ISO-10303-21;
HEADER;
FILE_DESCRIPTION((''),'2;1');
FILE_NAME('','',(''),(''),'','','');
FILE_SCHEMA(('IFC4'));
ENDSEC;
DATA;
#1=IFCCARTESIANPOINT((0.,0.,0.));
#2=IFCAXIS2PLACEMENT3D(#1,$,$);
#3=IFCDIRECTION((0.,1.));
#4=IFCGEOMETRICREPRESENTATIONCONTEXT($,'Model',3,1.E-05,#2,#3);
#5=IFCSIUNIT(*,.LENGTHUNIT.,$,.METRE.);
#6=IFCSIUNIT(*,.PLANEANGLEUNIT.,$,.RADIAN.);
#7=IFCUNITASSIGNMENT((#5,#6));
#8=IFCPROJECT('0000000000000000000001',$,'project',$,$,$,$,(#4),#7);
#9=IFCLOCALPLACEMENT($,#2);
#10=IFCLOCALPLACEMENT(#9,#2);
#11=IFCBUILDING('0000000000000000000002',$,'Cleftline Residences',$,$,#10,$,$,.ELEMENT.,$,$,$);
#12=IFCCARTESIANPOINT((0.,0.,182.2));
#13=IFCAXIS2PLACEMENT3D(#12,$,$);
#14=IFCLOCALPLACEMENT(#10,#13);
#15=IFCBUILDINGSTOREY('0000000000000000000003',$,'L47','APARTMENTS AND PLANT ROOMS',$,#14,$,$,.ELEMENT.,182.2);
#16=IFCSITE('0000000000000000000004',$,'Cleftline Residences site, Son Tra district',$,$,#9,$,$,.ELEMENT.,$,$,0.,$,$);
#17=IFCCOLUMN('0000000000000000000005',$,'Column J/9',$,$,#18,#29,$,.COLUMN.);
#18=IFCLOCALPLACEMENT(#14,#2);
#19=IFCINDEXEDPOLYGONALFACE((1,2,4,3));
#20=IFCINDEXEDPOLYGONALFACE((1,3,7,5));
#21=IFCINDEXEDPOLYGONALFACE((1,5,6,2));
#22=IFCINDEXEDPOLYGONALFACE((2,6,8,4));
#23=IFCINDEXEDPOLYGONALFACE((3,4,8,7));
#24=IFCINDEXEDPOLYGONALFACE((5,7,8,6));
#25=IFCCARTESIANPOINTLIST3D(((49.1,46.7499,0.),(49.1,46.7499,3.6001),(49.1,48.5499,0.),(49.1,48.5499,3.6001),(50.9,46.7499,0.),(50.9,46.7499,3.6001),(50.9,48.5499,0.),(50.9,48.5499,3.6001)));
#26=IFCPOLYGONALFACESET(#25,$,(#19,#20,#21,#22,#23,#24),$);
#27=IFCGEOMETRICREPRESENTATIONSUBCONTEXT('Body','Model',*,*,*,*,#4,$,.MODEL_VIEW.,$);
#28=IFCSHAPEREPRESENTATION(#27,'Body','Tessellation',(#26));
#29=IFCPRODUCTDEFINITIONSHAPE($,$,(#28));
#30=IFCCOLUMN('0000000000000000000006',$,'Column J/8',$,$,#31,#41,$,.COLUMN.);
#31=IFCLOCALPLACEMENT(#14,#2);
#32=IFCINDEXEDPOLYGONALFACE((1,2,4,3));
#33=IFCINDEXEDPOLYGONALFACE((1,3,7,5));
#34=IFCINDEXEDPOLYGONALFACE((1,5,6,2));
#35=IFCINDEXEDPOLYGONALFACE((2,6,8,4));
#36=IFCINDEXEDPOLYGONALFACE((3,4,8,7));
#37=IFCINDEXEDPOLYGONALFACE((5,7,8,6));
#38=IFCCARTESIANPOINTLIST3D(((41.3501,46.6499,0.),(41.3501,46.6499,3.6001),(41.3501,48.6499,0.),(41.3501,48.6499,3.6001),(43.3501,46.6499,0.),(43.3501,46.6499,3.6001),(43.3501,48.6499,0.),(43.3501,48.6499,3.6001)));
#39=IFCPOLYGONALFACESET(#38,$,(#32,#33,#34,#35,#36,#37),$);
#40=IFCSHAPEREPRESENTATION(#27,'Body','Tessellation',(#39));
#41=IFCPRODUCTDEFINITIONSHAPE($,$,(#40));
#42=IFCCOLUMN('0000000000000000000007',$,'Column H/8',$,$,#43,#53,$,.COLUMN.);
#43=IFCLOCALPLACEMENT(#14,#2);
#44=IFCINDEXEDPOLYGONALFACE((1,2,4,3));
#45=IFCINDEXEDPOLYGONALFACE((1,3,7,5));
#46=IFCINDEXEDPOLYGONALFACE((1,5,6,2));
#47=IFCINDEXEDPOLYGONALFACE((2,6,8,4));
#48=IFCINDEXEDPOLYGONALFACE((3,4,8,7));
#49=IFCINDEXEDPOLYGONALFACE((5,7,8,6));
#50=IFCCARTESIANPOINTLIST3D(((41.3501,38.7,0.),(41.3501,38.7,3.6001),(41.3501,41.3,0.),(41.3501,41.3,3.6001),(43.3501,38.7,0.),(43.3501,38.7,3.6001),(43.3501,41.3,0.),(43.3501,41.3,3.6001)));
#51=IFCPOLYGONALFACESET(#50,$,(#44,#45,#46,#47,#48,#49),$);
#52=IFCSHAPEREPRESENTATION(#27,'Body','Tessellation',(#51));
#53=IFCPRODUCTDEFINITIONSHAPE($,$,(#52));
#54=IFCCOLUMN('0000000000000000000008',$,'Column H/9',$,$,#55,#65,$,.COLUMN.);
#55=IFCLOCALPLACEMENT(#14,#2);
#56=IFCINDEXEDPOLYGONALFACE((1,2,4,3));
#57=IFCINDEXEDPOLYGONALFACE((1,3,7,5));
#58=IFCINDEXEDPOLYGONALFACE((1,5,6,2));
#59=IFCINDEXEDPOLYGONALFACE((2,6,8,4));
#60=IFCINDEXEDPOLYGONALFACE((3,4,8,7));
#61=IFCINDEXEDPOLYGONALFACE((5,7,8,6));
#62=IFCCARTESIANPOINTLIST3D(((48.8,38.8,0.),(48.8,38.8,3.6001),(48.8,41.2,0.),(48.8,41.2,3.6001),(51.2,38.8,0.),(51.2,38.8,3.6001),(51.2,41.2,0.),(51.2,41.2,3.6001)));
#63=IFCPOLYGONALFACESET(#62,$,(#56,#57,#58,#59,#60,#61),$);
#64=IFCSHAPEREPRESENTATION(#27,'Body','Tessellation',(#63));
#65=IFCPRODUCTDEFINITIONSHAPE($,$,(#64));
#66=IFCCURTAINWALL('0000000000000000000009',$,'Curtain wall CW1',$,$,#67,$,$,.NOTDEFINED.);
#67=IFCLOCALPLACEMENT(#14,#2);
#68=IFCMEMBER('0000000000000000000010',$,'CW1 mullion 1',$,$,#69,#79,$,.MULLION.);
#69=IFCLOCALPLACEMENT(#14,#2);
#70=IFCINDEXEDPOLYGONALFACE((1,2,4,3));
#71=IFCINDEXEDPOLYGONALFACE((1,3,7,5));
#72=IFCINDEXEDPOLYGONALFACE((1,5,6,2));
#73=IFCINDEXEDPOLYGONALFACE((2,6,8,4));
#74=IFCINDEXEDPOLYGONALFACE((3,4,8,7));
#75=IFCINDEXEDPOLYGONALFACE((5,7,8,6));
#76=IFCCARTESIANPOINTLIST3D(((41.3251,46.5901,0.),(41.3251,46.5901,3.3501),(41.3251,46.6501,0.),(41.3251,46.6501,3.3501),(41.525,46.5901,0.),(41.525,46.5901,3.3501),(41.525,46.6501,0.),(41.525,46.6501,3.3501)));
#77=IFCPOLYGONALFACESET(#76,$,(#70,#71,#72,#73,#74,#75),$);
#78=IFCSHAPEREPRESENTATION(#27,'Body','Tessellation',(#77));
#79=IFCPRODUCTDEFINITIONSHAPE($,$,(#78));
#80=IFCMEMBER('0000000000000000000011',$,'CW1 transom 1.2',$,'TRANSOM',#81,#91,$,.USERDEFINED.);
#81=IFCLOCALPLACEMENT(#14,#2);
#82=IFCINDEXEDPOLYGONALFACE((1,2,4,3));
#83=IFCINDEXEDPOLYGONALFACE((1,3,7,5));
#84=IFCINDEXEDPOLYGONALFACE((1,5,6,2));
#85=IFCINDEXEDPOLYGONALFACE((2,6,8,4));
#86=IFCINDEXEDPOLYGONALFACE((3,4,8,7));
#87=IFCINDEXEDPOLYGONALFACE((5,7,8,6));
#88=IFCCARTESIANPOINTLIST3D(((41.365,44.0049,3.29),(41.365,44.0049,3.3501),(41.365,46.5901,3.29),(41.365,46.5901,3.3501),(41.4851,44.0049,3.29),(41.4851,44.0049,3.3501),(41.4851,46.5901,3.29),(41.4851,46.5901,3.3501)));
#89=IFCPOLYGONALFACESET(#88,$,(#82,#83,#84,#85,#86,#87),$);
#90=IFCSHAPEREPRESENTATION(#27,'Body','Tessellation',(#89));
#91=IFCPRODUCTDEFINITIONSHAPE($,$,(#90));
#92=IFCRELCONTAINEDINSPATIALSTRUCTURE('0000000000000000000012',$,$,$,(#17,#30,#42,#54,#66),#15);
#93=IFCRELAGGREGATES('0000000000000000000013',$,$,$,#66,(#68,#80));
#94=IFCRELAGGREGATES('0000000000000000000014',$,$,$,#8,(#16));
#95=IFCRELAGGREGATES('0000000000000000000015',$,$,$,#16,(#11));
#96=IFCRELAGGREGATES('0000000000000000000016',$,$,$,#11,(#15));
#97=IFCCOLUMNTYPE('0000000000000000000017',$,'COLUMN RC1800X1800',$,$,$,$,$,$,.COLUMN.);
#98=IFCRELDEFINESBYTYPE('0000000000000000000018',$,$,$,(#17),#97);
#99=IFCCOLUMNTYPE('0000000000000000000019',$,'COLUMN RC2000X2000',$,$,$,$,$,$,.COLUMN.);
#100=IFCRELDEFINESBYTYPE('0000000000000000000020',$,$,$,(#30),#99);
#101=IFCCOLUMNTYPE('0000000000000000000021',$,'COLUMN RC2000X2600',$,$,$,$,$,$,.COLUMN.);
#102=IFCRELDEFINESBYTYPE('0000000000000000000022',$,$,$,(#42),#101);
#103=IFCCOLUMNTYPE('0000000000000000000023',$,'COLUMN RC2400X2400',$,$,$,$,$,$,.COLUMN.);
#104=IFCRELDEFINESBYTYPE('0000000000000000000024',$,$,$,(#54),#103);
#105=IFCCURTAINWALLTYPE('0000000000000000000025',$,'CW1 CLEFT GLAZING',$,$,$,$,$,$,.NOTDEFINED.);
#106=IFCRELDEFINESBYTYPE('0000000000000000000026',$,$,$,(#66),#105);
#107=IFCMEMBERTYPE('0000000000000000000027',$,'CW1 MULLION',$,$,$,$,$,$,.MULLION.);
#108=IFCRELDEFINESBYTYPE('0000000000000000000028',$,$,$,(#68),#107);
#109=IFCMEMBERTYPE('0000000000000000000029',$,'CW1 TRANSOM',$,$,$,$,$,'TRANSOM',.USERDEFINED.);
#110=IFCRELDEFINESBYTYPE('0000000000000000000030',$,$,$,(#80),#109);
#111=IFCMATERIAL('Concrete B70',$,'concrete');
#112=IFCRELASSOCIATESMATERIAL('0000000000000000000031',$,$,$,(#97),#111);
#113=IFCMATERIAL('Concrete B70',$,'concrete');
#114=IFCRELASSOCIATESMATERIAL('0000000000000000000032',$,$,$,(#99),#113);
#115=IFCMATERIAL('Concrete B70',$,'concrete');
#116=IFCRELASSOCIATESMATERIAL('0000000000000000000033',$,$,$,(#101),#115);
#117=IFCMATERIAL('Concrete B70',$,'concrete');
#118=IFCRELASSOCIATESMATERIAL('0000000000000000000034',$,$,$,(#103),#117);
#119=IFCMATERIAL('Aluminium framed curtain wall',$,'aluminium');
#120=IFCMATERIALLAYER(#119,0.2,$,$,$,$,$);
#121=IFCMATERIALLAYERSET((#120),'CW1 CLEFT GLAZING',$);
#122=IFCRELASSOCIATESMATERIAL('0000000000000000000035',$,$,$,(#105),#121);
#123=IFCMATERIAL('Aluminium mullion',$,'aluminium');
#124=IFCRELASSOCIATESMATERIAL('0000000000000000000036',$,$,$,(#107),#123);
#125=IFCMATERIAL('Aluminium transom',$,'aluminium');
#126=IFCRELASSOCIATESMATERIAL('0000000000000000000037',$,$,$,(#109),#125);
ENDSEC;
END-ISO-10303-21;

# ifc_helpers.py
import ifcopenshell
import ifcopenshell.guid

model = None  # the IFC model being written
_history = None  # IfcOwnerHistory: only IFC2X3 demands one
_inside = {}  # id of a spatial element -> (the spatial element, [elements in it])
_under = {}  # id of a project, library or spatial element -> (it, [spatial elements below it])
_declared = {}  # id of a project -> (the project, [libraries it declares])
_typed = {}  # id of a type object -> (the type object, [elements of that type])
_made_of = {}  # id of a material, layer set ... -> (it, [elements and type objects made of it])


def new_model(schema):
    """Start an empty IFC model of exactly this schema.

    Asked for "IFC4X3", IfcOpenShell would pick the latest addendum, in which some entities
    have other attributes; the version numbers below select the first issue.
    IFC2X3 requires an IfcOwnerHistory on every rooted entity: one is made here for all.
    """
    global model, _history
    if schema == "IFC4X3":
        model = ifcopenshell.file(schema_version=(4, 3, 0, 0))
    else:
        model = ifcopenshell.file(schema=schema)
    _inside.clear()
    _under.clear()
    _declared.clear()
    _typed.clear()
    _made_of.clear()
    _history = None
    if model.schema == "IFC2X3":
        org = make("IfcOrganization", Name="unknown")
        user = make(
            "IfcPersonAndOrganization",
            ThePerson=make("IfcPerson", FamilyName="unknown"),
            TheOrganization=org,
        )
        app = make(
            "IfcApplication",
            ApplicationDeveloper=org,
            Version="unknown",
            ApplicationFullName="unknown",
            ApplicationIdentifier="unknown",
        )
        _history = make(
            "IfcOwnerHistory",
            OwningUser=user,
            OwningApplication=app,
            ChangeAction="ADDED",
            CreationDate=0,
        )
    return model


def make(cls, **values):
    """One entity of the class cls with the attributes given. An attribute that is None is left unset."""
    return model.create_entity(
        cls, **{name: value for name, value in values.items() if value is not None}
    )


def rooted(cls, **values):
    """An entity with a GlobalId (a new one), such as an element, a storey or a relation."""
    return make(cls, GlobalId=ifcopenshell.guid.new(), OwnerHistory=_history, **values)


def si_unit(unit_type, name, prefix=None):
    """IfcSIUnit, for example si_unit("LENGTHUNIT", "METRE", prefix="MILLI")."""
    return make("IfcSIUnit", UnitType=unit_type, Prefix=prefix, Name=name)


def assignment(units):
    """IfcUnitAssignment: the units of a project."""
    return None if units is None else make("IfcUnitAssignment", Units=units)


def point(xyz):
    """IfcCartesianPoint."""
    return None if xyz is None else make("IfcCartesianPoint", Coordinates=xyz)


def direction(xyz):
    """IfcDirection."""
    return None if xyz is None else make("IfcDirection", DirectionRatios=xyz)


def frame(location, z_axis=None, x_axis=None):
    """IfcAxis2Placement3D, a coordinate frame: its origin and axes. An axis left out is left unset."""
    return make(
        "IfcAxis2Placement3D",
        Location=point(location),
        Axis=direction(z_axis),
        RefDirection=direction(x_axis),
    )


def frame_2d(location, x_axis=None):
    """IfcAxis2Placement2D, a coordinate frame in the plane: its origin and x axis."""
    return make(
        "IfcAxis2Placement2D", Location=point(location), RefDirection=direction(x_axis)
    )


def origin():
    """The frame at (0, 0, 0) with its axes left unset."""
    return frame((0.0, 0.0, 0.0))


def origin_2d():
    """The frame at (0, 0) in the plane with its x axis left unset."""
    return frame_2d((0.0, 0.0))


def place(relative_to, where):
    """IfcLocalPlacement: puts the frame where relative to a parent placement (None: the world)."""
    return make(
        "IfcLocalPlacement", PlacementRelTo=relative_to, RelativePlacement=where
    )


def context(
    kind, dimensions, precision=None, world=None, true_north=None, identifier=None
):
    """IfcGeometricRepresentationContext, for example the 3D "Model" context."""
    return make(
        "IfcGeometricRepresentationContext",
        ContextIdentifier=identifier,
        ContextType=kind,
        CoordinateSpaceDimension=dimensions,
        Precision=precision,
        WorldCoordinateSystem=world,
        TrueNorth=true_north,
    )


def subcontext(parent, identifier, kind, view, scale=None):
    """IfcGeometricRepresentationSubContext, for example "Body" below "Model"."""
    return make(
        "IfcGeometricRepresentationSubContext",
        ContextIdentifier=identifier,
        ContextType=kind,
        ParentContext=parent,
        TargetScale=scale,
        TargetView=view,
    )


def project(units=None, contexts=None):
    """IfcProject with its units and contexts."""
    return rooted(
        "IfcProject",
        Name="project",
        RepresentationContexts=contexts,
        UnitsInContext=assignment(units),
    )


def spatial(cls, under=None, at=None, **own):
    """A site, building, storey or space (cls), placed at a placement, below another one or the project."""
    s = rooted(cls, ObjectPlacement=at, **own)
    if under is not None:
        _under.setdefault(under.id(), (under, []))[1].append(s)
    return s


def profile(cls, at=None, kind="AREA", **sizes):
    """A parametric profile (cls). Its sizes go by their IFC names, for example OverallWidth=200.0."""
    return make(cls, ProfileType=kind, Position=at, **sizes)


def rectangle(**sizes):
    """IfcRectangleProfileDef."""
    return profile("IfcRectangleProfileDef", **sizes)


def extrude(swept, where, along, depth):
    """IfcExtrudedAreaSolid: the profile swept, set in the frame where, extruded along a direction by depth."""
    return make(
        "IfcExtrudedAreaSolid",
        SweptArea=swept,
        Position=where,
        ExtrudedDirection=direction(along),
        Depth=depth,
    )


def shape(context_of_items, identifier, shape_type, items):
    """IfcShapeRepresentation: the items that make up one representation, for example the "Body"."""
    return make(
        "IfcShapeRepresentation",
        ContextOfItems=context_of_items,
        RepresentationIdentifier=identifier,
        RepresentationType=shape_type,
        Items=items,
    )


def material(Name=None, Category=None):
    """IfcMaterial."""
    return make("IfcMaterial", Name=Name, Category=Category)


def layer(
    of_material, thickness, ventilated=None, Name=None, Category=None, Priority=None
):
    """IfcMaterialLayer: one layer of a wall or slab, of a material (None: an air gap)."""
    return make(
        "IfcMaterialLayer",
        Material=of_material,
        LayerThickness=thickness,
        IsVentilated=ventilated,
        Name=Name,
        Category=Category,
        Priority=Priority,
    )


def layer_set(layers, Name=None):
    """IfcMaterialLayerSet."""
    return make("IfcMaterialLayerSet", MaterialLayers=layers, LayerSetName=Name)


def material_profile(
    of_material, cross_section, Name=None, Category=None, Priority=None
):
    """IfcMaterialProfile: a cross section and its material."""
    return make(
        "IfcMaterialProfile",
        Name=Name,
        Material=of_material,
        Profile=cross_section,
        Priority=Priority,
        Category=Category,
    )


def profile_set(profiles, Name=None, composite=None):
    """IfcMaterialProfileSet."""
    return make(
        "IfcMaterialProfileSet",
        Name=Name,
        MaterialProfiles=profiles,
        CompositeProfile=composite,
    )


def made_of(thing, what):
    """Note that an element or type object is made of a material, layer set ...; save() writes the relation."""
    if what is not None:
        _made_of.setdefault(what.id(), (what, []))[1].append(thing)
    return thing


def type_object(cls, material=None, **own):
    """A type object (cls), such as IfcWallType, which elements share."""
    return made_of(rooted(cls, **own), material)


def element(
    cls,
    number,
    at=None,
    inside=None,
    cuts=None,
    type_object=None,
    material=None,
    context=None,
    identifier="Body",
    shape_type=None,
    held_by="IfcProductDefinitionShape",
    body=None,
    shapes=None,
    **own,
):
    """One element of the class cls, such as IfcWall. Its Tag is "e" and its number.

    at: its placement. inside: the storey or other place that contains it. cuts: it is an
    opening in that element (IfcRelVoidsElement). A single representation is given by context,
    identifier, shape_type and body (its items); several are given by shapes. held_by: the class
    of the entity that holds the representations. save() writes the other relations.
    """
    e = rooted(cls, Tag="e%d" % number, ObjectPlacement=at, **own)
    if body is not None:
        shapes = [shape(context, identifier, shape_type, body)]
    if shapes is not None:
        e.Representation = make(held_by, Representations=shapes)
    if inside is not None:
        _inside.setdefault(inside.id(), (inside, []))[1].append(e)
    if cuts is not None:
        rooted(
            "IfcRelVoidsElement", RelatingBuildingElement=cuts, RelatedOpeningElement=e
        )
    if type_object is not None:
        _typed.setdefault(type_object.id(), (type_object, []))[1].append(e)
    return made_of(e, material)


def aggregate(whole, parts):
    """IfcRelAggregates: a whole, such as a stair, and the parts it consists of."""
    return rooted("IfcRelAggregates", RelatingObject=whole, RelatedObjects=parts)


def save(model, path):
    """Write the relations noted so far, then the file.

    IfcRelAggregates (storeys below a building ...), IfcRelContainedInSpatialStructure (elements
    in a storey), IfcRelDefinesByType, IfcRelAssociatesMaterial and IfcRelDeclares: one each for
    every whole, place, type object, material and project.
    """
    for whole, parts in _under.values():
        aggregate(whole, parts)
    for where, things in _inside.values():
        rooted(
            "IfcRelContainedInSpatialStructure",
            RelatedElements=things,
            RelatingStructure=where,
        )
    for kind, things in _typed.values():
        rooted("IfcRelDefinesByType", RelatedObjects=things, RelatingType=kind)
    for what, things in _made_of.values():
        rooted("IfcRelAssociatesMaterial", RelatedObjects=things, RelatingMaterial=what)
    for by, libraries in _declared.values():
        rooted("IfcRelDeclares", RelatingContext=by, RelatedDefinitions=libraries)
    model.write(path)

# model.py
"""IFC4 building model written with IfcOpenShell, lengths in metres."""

from ifc_helpers import new_model, si_unit, direction, frame, origin, origin_2d, place, context, subcontext, project, spatial, rectangle, extrude, material, layer, layer_set, material_profile, profile_set, type_object, element, aggregate, save


model = new_model("IFC4")

# Units and contexts
model_context = context("Model", 3, precision=1e-05, world=origin(), true_north=direction((0.0, 1.0)))
body_context = subcontext(model_context, "Body", "Model", "MODEL_VIEW")
ifc_project = project(units=[si_unit("LENGTHUNIT", "METRE"), si_unit("PLANEANGLEUNIT", "RADIAN")], contexts=[model_context])

# Site, building, storey
site_placement = place(None, origin())
site = spatial("IfcSite", under=ifc_project, at=site_placement, Name="Cleftline Residences site, Son Tra district", CompositionType="ELEMENT", RefElevation=0.0)
building_placement = place(site_placement, origin())
building = spatial("IfcBuilding", under=site, at=building_placement, Name="Cleftline Residences", CompositionType="ELEMENT")
storey_placement = place(building_placement, frame((0.0, 0.0, 182.2)))
storey = spatial("IfcBuildingStorey", under=building, at=storey_placement, Name="L47", Description="APARTMENTS AND PLANT ROOMS", CompositionType="ELEMENT", Elevation=182.2)

# Columns
ifc_material_1 = material(Name="Concrete B70", Category="concrete")
ifc_material_profile_1 = material_profile(ifc_material_1, rectangle(XDim=1.8, YDim=1.8, at=origin_2d()))
ifc_profile_set_1 = profile_set([ifc_material_profile_1], Name="Concrete B70")
column_type_1 = type_object("IfcColumnType", Name="COLUMN RC1800X1800", PredefinedType="COLUMN", material=ifc_profile_set_1)
column_1_placement = place(storey_placement, frame((50.0, 47.6499, 0.0), z_axis=(0.0, 0.0, 1.0), x_axis=(1.0, 0.0, 0.0)))
element("IfcColumn", 1, at=column_1_placement, inside=storey, type_object=column_type_1, Name="Column J/9", PredefinedType="COLUMN", context=body_context, shape_type="SweptSolid", body=[
    extrude(rectangle(XDim=1.8, YDim=1.8, at=origin_2d()), origin(), (0.0, 0.0, 1.0), 3.6001),
])
ifc_material_2 = material(Name="Concrete B70", Category="concrete")
ifc_material_profile_2 = material_profile(ifc_material_2, rectangle(XDim=2.0, YDim=2.0, at=origin_2d()))
ifc_profile_set_2 = profile_set([ifc_material_profile_2], Name="Concrete B70")
column_type_2 = type_object("IfcColumnType", Name="COLUMN RC2000X2000", PredefinedType="COLUMN", material=ifc_profile_set_2)
column_2_placement = place(storey_placement, frame((42.3501, 47.6499, 0.0), z_axis=(0.0, 0.0, 1.0), x_axis=(1.0, 0.0, 0.0)))
element("IfcColumn", 2, at=column_2_placement, inside=storey, type_object=column_type_2, Name="Column J/8", PredefinedType="COLUMN", context=body_context, shape_type="SweptSolid", body=[
    extrude(rectangle(XDim=2.0, YDim=2.0, at=origin_2d()), origin(), (0.0, 0.0, 1.0), 3.6001),
])
ifc_material_3 = material(Name="Concrete B70", Category="concrete")
ifc_material_profile_3 = material_profile(ifc_material_3, rectangle(XDim=2.0, YDim=2.6001, at=origin_2d()))
ifc_profile_set_3 = profile_set([ifc_material_profile_3], Name="Concrete B70")
column_type_3 = type_object("IfcColumnType", Name="COLUMN RC2000X2600", PredefinedType="COLUMN", material=ifc_profile_set_3)
column_3_placement = place(storey_placement, frame((42.3501, 40.0, 0.0), z_axis=(0.0, 0.0, 1.0), x_axis=(1.0, 0.0, 0.0)))
element("IfcColumn", 3, at=column_3_placement, inside=storey, type_object=column_type_3, Name="Column H/8", PredefinedType="COLUMN", context=body_context, shape_type="SweptSolid", body=[
    extrude(rectangle(XDim=2.0, YDim=2.6001, at=origin_2d()), origin(), (0.0, 0.0, 1.0), 3.6001),
])
ifc_material_4 = material(Name="Concrete B70", Category="concrete")
ifc_material_profile_4 = material_profile(ifc_material_4, rectangle(XDim=2.3999, YDim=2.3999, at=origin_2d()))
ifc_profile_set_4 = profile_set([ifc_material_profile_4], Name="Concrete B70")
column_type_4 = type_object("IfcColumnType", Name="COLUMN RC2400X2400", PredefinedType="COLUMN", material=ifc_profile_set_4)
column_4_placement = place(storey_placement, frame((50.0, 40.0, 0.0), z_axis=(0.0, 0.0, 1.0), x_axis=(1.0, 0.0, 0.0)))
element("IfcColumn", 4, at=column_4_placement, inside=storey, type_object=column_type_4, Name="Column H/9", PredefinedType="COLUMN", context=body_context, shape_type="SweptSolid", body=[
    extrude(rectangle(XDim=2.3999, YDim=2.3999, at=origin_2d()), origin(), (0.0, 0.0, 1.0), 3.6001),
])

# Curtain wall, members
ifc_material_5 = material(Name="Aluminium framed curtain wall", Category="aluminium")
ifc_layer_1 = layer(ifc_material_5, 0.2)
ifc_layer_set_1 = layer_set([ifc_layer_1], Name="CW1 CLEFT GLAZING")
curtain_wall_type = type_object("IfcCurtainWallType", Name="CW1 CLEFT GLAZING", PredefinedType="NOTDEFINED", material=ifc_layer_set_1)
curtain_wall_placement = place(storey_placement, origin())
curtain_wall = element("IfcCurtainWall", 5, at=curtain_wall_placement, inside=storey, type_object=curtain_wall_type, Name="Curtain wall CW1", PredefinedType="NOTDEFINED")
ifc_material_6 = material(Name="Aluminium mullion", Category="aluminium")
ifc_material_profile_5 = material_profile(ifc_material_6, rectangle(XDim=0.2, YDim=0.0601, at=origin_2d()))
ifc_profile_set_5 = profile_set([ifc_material_profile_5], Name="Aluminium mullion")
member_type_1 = type_object("IfcMemberType", Name="CW1 MULLION", PredefinedType="MULLION", material=ifc_profile_set_5)
member_1_placement = place(storey_placement, frame((41.425, 46.6201, 0.0), z_axis=(0.0, 0.0, 1.0), x_axis=(1.0, 0.0, 0.0)))
member_1 = element("IfcMember", 6, at=member_1_placement, type_object=member_type_1, Name="CW1 mullion 1", PredefinedType="MULLION", context=body_context, shape_type="SweptSolid", body=[
    extrude(rectangle(XDim=0.2, YDim=0.0601, at=origin_2d()), origin(), (0.0, 0.0, 1.0), 3.3501),
])
ifc_material_7 = material(Name="Aluminium transom", Category="aluminium")
ifc_material_profile_6 = material_profile(ifc_material_7, rectangle(XDim=0.1201, YDim=0.0601, at=origin_2d()))
ifc_profile_set_6 = profile_set([ifc_material_profile_6], Name="Aluminium transom")
member_type_2 = type_object("IfcMemberType", Name="CW1 TRANSOM", ElementType="TRANSOM", PredefinedType="USERDEFINED", material=ifc_profile_set_6)
member_2_placement = place(storey_placement, frame((41.425, 46.5901, 3.3201), z_axis=(0.0, -1.0, 0.0), x_axis=(1.0, 0.0, 0.0)))
member_2 = element("IfcMember", 7, at=member_2_placement, type_object=member_type_2, Name="CW1 transom 1.2", ObjectType="TRANSOM", PredefinedType="USERDEFINED", context=body_context, shape_type="SweptSolid", body=[
    extrude(rectangle(XDim=0.1201, YDim=0.0601, at=origin_2d()), origin(), (0.0, 0.0, 1.0), 2.5852),
])
aggregate(curtain_wall, [member_1, member_2])

save(model, "model.ifc")
